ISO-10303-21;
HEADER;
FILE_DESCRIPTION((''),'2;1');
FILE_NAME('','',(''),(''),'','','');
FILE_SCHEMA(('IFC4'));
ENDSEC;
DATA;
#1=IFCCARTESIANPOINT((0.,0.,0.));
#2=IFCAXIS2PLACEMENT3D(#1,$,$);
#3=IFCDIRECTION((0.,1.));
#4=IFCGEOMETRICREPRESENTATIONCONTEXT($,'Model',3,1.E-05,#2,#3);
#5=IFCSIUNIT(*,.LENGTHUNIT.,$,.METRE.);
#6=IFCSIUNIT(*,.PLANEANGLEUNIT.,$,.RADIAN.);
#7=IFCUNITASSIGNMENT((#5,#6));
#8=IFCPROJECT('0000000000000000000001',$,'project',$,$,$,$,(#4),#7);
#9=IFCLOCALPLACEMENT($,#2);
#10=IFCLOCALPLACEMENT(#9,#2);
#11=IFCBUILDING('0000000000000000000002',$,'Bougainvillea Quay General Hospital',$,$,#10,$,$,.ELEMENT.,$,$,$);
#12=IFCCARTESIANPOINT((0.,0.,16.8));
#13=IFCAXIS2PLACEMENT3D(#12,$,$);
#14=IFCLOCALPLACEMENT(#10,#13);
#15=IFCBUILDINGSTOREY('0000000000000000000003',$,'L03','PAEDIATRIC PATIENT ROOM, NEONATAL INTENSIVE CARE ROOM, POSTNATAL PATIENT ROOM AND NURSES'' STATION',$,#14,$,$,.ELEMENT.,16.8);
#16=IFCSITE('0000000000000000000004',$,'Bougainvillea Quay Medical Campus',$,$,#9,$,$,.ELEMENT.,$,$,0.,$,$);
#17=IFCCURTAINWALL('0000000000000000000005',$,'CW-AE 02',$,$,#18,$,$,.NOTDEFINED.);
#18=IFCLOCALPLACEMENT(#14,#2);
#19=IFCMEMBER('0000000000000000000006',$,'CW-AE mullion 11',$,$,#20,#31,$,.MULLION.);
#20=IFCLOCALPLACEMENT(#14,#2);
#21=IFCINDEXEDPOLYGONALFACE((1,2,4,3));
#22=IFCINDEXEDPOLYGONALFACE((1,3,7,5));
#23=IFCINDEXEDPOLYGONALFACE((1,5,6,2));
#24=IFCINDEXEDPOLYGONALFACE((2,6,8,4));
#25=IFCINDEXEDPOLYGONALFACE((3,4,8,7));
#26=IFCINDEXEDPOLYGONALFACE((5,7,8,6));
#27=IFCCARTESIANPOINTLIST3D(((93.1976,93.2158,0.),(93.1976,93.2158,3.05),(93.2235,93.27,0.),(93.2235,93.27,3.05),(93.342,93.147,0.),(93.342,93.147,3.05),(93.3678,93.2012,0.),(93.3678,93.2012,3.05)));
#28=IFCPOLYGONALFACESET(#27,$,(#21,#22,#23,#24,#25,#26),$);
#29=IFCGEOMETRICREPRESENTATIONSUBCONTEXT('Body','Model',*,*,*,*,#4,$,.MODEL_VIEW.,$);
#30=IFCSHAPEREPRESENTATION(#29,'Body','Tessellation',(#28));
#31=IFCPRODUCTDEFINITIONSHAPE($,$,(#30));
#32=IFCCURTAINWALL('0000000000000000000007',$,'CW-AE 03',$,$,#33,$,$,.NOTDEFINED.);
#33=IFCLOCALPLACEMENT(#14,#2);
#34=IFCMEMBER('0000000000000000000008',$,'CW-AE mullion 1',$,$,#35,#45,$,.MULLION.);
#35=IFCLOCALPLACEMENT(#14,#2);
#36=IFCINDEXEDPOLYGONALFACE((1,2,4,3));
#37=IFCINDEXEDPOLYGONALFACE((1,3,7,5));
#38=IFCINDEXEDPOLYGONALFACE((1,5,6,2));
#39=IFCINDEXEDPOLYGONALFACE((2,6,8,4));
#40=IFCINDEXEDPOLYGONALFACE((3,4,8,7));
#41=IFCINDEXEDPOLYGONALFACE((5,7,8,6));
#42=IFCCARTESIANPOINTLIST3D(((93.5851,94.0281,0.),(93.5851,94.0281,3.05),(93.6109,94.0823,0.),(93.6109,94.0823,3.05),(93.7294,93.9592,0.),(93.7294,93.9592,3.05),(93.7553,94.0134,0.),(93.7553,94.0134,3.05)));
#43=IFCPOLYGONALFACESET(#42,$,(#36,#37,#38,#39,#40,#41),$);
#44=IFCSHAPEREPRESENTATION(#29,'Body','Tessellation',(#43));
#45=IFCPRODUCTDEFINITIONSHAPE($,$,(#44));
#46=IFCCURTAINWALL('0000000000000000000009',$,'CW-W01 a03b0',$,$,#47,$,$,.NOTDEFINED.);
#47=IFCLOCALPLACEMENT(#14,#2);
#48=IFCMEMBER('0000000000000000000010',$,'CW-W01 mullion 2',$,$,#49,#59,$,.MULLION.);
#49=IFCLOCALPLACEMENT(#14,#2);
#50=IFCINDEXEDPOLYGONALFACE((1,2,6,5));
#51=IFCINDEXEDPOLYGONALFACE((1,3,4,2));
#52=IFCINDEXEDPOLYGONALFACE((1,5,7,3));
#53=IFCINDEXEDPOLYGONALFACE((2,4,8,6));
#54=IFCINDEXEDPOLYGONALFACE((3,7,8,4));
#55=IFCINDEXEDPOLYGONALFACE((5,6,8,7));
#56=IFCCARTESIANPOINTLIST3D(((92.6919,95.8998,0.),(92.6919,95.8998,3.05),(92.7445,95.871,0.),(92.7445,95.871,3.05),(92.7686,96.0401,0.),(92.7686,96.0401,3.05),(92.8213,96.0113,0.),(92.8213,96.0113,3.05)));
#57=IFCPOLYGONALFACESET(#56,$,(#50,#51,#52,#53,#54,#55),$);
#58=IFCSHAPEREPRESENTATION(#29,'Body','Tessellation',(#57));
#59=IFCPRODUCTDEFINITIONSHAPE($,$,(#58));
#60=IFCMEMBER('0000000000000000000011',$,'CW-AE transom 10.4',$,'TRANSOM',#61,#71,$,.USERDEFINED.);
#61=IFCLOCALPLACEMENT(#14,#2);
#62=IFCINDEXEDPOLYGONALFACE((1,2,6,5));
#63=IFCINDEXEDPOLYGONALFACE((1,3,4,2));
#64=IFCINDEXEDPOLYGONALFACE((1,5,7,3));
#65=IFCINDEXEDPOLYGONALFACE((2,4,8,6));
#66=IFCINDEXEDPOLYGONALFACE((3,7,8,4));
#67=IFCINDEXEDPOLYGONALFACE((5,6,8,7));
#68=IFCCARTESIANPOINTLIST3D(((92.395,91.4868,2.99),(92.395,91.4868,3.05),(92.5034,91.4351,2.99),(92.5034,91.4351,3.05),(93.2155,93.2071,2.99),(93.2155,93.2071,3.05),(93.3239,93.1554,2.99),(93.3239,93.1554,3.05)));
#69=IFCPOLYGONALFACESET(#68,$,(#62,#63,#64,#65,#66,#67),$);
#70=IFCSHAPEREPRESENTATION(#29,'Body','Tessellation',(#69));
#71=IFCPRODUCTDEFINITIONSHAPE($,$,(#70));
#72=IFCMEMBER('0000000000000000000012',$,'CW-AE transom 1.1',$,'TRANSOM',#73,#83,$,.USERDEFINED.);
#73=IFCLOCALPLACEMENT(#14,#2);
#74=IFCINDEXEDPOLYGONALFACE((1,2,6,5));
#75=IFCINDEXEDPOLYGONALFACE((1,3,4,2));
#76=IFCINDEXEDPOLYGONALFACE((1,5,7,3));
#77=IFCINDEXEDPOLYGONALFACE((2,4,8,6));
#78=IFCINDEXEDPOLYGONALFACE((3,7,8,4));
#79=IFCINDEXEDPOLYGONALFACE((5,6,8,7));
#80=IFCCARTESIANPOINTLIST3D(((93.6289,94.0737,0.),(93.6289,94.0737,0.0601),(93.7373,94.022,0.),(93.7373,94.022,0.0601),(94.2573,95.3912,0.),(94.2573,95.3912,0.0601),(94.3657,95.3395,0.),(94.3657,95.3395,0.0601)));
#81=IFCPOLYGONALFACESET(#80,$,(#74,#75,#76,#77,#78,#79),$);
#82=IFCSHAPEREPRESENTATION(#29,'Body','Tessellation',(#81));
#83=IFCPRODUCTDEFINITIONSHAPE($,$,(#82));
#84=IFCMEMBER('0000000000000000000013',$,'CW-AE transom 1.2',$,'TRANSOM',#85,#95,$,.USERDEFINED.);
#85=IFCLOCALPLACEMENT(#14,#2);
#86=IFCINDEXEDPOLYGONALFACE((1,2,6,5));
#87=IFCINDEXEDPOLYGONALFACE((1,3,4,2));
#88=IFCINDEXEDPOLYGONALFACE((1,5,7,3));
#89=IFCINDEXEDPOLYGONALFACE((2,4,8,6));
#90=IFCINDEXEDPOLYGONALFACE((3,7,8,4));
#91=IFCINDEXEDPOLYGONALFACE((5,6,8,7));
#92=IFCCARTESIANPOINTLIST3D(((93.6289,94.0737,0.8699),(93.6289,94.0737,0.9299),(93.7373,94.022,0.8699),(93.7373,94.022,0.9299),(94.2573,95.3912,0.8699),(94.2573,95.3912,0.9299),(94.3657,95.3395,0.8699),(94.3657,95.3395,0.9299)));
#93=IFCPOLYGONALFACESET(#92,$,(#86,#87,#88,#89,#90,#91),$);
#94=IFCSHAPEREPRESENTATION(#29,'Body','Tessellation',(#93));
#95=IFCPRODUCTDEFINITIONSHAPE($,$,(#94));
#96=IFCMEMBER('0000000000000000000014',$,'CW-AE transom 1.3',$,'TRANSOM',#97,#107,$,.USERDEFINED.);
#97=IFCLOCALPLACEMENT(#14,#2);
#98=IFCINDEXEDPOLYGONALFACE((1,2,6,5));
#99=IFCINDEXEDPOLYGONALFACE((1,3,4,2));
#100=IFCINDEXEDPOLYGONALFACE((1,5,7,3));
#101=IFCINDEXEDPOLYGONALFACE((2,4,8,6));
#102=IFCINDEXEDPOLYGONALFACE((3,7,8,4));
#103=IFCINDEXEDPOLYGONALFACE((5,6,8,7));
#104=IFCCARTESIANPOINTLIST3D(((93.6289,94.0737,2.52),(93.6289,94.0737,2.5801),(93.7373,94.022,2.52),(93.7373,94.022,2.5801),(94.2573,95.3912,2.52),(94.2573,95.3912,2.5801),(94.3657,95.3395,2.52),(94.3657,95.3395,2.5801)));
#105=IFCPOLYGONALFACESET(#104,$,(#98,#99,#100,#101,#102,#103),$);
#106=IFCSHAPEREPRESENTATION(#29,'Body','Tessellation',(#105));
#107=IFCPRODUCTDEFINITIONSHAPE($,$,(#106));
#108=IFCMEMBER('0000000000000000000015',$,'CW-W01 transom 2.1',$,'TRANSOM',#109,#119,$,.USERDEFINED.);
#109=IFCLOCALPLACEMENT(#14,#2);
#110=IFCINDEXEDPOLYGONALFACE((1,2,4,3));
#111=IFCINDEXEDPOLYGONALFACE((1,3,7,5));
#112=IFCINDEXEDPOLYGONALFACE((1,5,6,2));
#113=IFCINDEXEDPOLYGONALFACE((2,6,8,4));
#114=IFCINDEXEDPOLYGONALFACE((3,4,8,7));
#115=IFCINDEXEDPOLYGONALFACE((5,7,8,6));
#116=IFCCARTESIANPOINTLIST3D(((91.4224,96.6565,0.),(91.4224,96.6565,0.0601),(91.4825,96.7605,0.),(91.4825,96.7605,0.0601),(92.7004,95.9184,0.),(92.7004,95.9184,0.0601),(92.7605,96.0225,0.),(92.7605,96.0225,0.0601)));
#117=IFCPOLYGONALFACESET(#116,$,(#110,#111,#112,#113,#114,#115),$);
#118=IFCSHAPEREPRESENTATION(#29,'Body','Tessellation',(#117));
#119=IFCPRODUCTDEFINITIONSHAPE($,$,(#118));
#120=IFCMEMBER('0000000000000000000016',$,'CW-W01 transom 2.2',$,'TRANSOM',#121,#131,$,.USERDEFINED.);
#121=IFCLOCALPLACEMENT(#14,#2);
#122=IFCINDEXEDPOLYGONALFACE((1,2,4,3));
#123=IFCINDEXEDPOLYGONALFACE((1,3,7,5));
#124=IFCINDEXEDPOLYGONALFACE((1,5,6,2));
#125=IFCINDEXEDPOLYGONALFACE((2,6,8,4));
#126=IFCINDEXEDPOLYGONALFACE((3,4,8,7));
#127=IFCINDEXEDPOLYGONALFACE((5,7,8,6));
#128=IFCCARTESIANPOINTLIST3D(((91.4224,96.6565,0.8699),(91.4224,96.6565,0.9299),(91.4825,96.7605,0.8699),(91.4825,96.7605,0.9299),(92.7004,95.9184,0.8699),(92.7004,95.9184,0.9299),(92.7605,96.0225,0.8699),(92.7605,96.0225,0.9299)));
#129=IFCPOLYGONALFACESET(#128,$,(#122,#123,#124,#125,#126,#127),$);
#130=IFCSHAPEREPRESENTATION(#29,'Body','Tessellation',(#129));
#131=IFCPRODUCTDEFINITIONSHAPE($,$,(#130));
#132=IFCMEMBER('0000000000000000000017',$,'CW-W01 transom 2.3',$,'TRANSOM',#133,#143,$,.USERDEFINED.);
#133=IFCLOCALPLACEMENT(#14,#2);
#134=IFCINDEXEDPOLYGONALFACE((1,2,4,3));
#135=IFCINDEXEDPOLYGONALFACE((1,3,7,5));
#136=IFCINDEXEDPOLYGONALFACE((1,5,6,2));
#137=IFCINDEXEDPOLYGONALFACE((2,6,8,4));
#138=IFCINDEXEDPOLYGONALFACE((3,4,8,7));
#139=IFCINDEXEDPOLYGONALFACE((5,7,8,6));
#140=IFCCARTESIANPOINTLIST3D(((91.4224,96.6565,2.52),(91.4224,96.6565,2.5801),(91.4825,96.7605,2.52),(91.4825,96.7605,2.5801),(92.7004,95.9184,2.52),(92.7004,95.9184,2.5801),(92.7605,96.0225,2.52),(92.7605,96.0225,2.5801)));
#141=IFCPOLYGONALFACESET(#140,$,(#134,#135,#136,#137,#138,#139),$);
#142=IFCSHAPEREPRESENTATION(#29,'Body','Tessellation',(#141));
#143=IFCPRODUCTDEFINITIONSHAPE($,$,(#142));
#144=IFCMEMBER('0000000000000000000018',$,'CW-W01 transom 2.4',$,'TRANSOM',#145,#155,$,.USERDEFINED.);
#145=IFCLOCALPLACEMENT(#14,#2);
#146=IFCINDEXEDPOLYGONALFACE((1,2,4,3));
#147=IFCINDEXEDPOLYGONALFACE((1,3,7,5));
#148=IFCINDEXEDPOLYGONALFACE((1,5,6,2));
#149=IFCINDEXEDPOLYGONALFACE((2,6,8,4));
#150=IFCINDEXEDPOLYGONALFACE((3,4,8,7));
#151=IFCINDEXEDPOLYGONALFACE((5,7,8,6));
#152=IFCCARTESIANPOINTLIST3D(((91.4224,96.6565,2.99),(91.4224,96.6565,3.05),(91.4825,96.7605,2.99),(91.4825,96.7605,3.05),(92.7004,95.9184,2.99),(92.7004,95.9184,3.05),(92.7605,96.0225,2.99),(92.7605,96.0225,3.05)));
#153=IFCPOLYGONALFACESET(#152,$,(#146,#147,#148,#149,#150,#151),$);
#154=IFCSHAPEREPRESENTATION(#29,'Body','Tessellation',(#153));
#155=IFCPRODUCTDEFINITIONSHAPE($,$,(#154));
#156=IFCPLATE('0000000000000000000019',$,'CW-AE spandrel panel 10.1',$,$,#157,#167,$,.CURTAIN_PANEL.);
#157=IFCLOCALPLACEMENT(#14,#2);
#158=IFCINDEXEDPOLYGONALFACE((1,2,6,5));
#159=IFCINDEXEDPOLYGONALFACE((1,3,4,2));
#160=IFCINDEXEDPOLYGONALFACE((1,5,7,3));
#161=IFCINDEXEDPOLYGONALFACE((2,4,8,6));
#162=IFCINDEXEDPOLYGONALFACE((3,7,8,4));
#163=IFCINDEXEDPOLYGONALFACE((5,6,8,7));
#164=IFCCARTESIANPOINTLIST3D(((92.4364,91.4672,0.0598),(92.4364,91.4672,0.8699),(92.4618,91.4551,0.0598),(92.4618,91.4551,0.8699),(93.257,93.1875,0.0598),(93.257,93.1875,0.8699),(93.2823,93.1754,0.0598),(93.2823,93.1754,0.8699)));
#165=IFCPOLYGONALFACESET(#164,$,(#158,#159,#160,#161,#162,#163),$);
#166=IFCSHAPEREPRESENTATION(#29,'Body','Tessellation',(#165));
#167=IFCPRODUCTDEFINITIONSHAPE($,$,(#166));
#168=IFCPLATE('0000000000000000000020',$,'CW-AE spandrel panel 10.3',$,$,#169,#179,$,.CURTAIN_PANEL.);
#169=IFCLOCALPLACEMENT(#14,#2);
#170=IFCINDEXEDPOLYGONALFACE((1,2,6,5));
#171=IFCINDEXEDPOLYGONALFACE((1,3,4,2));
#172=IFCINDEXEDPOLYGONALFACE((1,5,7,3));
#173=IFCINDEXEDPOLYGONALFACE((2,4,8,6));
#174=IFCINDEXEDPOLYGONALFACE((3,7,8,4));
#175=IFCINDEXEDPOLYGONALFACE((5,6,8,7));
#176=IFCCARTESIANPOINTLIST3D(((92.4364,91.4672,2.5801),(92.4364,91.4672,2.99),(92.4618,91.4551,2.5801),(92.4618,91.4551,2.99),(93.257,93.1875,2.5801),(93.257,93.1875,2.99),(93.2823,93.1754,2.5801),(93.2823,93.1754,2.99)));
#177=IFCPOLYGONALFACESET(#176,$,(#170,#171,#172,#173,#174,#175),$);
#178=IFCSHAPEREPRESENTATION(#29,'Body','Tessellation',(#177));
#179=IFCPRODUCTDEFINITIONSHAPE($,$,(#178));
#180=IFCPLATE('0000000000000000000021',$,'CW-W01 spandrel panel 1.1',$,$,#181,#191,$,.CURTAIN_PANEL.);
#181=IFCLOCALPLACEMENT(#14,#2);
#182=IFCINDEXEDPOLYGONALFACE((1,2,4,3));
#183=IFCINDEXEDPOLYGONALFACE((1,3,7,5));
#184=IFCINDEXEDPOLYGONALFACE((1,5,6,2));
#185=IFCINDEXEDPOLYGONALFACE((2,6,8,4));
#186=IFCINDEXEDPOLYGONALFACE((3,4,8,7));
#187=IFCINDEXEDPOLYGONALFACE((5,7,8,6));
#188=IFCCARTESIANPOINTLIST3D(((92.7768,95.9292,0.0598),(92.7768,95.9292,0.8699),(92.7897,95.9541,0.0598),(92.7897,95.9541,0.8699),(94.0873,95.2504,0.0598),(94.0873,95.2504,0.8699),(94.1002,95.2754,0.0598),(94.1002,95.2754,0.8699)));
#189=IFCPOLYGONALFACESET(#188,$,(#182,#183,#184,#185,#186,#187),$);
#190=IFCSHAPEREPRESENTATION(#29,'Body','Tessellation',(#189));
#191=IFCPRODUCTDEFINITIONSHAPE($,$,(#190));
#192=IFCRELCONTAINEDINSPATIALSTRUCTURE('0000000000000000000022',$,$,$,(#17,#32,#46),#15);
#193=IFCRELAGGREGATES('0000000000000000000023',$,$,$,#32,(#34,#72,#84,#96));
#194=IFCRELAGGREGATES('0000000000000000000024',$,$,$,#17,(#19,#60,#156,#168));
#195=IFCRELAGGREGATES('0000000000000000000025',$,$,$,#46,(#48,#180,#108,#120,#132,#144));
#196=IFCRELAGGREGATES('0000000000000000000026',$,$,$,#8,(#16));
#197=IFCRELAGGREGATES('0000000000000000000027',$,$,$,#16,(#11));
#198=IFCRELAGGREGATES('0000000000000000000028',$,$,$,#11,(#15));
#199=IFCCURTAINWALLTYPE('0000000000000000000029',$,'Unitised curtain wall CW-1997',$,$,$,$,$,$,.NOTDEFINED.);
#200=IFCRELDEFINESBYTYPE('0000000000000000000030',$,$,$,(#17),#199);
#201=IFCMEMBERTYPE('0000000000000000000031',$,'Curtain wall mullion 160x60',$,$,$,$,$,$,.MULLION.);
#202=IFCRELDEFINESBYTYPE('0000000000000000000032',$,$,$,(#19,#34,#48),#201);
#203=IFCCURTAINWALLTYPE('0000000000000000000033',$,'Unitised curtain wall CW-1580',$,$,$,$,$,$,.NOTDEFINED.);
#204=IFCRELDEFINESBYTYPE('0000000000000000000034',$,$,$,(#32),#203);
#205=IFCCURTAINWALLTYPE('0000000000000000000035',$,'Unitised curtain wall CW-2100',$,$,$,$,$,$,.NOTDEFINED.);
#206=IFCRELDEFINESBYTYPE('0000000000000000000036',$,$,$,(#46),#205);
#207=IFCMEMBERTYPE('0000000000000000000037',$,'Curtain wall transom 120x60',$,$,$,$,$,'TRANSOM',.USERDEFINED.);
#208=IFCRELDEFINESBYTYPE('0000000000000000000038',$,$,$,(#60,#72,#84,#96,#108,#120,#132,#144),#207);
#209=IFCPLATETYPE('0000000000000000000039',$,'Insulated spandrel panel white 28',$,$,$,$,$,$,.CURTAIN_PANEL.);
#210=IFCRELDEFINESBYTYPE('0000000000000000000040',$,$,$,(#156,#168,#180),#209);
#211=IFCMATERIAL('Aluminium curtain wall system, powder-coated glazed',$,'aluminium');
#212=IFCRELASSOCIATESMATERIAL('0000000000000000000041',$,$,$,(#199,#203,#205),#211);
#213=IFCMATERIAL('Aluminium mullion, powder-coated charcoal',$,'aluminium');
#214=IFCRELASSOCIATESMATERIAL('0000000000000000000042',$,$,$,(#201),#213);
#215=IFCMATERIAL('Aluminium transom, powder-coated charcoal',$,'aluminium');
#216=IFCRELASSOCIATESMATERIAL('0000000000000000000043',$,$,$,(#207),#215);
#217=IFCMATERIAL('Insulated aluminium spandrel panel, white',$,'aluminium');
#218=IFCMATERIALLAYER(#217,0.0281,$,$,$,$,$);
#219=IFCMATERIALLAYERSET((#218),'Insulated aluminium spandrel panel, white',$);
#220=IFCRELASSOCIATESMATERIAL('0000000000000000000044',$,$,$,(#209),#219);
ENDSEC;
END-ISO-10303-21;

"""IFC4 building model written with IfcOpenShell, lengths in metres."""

from ifc_helpers import new_model, si_unit, direction, frame, origin, origin_2d, place, context, subcontext, project, spatial, rectangle, extrude, material, layer, layer_set, material_profile, profile_set, type_object, element, aggregate, save


model = new_model("IFC4")

# Units and contexts
model_context = context("Model", 3, precision=1e-05, world=origin(), true_north=direction((0.0, 1.0)))
body_context = subcontext(model_context, "Body", "Model", "MODEL_VIEW")
ifc_project = project(units=[si_unit("LENGTHUNIT", "METRE"), si_unit("PLANEANGLEUNIT", "RADIAN")], contexts=[model_context])

# Site, building, storey
site_placement = place(None, origin())
site = spatial("IfcSite", under=ifc_project, at=site_placement, Name="Bougainvillea Quay Medical Campus", CompositionType="ELEMENT", RefElevation=0.0)
building_placement = place(site_placement, origin())
building = spatial("IfcBuilding", under=site, at=building_placement, Name="Bougainvillea Quay General Hospital", CompositionType="ELEMENT")
storey_placement = place(building_placement, frame((0.0, 0.0, 16.8)))
storey = spatial("IfcBuildingStorey", under=building, at=storey_placement, Name="L03", Description="PAEDIATRIC PATIENT ROOM, NEONATAL INTENSIVE CARE ROOM, POSTNATAL PATIENT ROOM AND NURSES' STATION", CompositionType="ELEMENT", Elevation=16.8)

# Curtain walls, members
ifc_material_1 = material(Name="Aluminium curtain wall system, powder-coated glazed", Category="aluminium")
curtain_wall_type_1 = type_object("IfcCurtainWallType", Name="Unitised curtain wall CW-1997", PredefinedType="NOTDEFINED", material=ifc_material_1)
curtain_wall_1_placement = place(storey_placement, origin())
curtain_wall_1 = element("IfcCurtainWall", 1, at=curtain_wall_1_placement, inside=storey, type_object=curtain_wall_type_1, Name="CW-AE 02", PredefinedType="NOTDEFINED")
ifc_material_2 = material(Name="Aluminium mullion, powder-coated charcoal", Category="aluminium")
ifc_material_profile_1 = material_profile(ifc_material_2, rectangle(XDim=0.1599, YDim=0.0601, at=origin_2d()))
ifc_profile_set_1 = profile_set([ifc_material_profile_1], Name="Aluminium mullion, powder-coated charcoal")
member_type_1 = type_object("IfcMemberType", Name="Curtain wall mullion 160x60", PredefinedType="MULLION", material=ifc_profile_set_1)
member_1_placement = place(storey_placement, frame((93.2827, 93.2085, 0.0), z_axis=(0.0, 0.0, 1.0), x_axis=(-0.902578, 0.430525, 0.0)))
member_1 = element("IfcMember", 2, at=member_1_placement, type_object=member_type_1, Name="CW-AE mullion 11", PredefinedType="MULLION", context=body_context, shape_type="SweptSolid", body=[
    extrude(rectangle(XDim=0.1599, YDim=0.0601, at=origin_2d()), origin(), (0.0, 0.0, 1.0), 3.05),
])
curtain_wall_type_2 = type_object("IfcCurtainWallType", Name="Unitised curtain wall CW-1580", PredefinedType="NOTDEFINED", material=ifc_material_1)
curtain_wall_2_placement = place(storey_placement, origin())
curtain_wall_2 = element("IfcCurtainWall", 3, at=curtain_wall_2_placement, inside=storey, type_object=curtain_wall_type_2, Name="CW-AE 03", PredefinedType="NOTDEFINED")
member_2_placement = place(storey_placement, frame((93.6702, 94.0208, 0.0), z_axis=(0.0, 0.0, 1.0), x_axis=(-0.902578, 0.430525, 0.0)))
member_2 = element("IfcMember", 4, at=member_2_placement, type_object=member_type_1, Name="CW-AE mullion 1", PredefinedType="MULLION", context=body_context, shape_type="SweptSolid", body=[
    extrude(rectangle(XDim=0.1599, YDim=0.0601, at=origin_2d()), origin(), (0.0, 0.0, 1.0), 3.05),
])
curtain_wall_type_3 = type_object("IfcCurtainWallType", Name="Unitised curtain wall CW-2100", PredefinedType="NOTDEFINED", material=ifc_material_1)
curtain_wall_3_placement = place(storey_placement, origin())
curtain_wall_3 = element("IfcCurtainWall", 5, at=curtain_wall_3_placement, inside=storey, type_object=curtain_wall_type_3, Name="CW-W01 a03b0", PredefinedType="NOTDEFINED")
member_3_placement = place(storey_placement, frame((92.7566, 95.9556, 0.0), z_axis=(0.0, 0.0, 1.0), x_axis=(-0.480103, -0.877212, 0.0)))
member_3 = element("IfcMember", 6, at=member_3_placement, type_object=member_type_1, Name="CW-W01 mullion 2", PredefinedType="MULLION", context=body_context, shape_type="SweptSolid", body=[
    extrude(rectangle(XDim=0.1599, YDim=0.0601, at=origin_2d()), origin(), (0.0, 0.0, 1.0), 3.05),
])

# Members
ifc_material_3 = material(Name="Aluminium transom, powder-coated charcoal", Category="aluminium")
ifc_material_profile_2 = material_profile(ifc_material_3, rectangle(XDim=0.1201, YDim=0.0601, at=origin_2d()))
ifc_profile_set_2 = profile_set([ifc_material_profile_2], Name="Aluminium transom, powder-coated charcoal")
member_type_2 = type_object("IfcMemberType", Name="Curtain wall transom 120x60", ElementType="TRANSOM", PredefinedType="USERDEFINED", material=ifc_profile_set_2)
member_4_placement = place(storey_placement, frame((92.4492, 91.4609, 3.02), z_axis=(0.430485, 0.902598, 0.0), x_axis=(-0.902598, 0.430485, 0.0)))
member_4 = element("IfcMember", 7, at=member_4_placement, type_object=member_type_2, Name="CW-AE transom 10.4", ObjectType="TRANSOM", PredefinedType="USERDEFINED", context=body_context, shape_type="SweptSolid", body=[
    extrude(rectangle(XDim=0.1201, YDim=0.0601, at=origin_2d()), origin(), (0.0, 0.0, 1.0), 1.906),
])
member_5_placement = place(storey_placement, frame((93.6831, 94.0479, 0.03), z_axis=(0.430479, 0.902601, 0.0), x_axis=(-0.902601, 0.430479, 0.0)))
member_5 = element("IfcMember", 8, at=member_5_placement, type_object=member_type_2, Name="CW-AE transom 1.1", ObjectType="TRANSOM", PredefinedType="USERDEFINED", context=body_context, shape_type="SweptSolid", body=[
    extrude(rectangle(XDim=0.1201, YDim=0.0601, at=origin_2d()), origin(), (0.0, 0.0, 1.0), 1.4597),
])
member_6_placement = place(storey_placement, frame((93.6831, 94.0479, 0.8999), z_axis=(0.430479, 0.902601, 0.0), x_axis=(-0.902601, 0.430479, 0.0)))
member_6 = element("IfcMember", 9, at=member_6_placement, type_object=member_type_2, Name="CW-AE transom 1.2", ObjectType="TRANSOM", PredefinedType="USERDEFINED", context=body_context, shape_type="SweptSolid", body=[
    extrude(rectangle(XDim=0.1201, YDim=0.0601, at=origin_2d()), origin(), (0.0, 0.0, 1.0), 1.4597),
])
member_7_placement = place(storey_placement, frame((93.6831, 94.0479, 2.55), z_axis=(0.430479, 0.902601, 0.0), x_axis=(-0.902601, 0.430479, 0.0)))
member_7 = element("IfcMember", 10, at=member_7_placement, type_object=member_type_2, Name="CW-AE transom 1.3", ObjectType="TRANSOM", PredefinedType="USERDEFINED", context=body_context, shape_type="SweptSolid", body=[
    extrude(rectangle(XDim=0.1201, YDim=0.0601, at=origin_2d()), origin(), (0.0, 0.0, 1.0), 1.4597),
])
aggregate(curtain_wall_2, [member_2, member_5, member_6, member_7])
member_8_placement = place(storey_placement, frame((92.7305, 95.9705, 0.03), z_axis=(-0.865984, 0.500071, 0.0), x_axis=(-0.500071, -0.865984, 0.0)))
member_8 = element("IfcMember", 11, at=member_8_placement, type_object=member_type_2, Name="CW-W01 transom 2.1", ObjectType="TRANSOM", PredefinedType="USERDEFINED", context=body_context, shape_type="SweptSolid", body=[
    extrude(rectangle(XDim=0.1201, YDim=0.0601, at=origin_2d()), origin(), (0.0, 0.0, 1.0), 1.4758),
])
member_9_placement = place(storey_placement, frame((92.7305, 95.9705, 0.8999), z_axis=(-0.865984, 0.500071, 0.0), x_axis=(-0.500071, -0.865984, 0.0)))
member_9 = element("IfcMember", 12, at=member_9_placement, type_object=member_type_2, Name="CW-W01 transom 2.2", ObjectType="TRANSOM", PredefinedType="USERDEFINED", context=body_context, shape_type="SweptSolid", body=[
    extrude(rectangle(XDim=0.1201, YDim=0.0601, at=origin_2d()), origin(), (0.0, 0.0, 1.0), 1.4758),
])
member_10_placement = place(storey_placement, frame((92.7305, 95.9705, 2.55), z_axis=(-0.865984, 0.500071, 0.0), x_axis=(-0.500071, -0.865984, 0.0)))
member_10 = element("IfcMember", 13, at=member_10_placement, type_object=member_type_2, Name="CW-W01 transom 2.3", ObjectType="TRANSOM", PredefinedType="USERDEFINED", context=body_context, shape_type="SweptSolid", body=[
    extrude(rectangle(XDim=0.1201, YDim=0.0601, at=origin_2d()), origin(), (0.0, 0.0, 1.0), 1.4758),
])
member_11_placement = place(storey_placement, frame((92.7305, 95.9705, 3.02), z_axis=(-0.865984, 0.500071, 0.0), x_axis=(-0.500071, -0.865984, 0.0)))
member_11 = element("IfcMember", 14, at=member_11_placement, type_object=member_type_2, Name="CW-W01 transom 2.4", ObjectType="TRANSOM", PredefinedType="USERDEFINED", context=body_context, shape_type="SweptSolid", body=[
    extrude(rectangle(XDim=0.1201, YDim=0.0601, at=origin_2d()), origin(), (0.0, 0.0, 1.0), 1.4758),
])

# Plates
ifc_material_4 = material(Name="Insulated aluminium spandrel panel, white", Category="aluminium")
ifc_layer_1 = layer(ifc_material_4, 0.0281)
ifc_layer_set_1 = layer_set([ifc_layer_1], Name="Insulated aluminium spandrel panel, white")
plate_type_1 = type_object("IfcPlateType", Name="Insulated spandrel panel white 28", PredefinedType="CURTAIN_PANEL", material=ifc_layer_set_1)
plate_1_placement = place(storey_placement, frame((92.8594, 92.3213, 0.0598), z_axis=(0.0, 0.0, 1.0), x_axis=(0.430525, 0.902578, 0.0)))
plate_1 = element("IfcPlate", 15, at=plate_1_placement, type_object=plate_type_1, Name="CW-AE spandrel panel 10.1", PredefinedType="CURTAIN_PANEL", context=body_context, shape_type="SweptSolid", body=[
    extrude(rectangle(XDim=1.906, YDim=0.0281, at=origin_2d()), origin(), (0.0, 0.0, 1.0), 0.8101),
])
plate_2_placement = place(storey_placement, frame((92.8594, 92.3213, 2.5801), z_axis=(0.0, 0.0, 1.0), x_axis=(0.430525, 0.902578, 0.0)))
plate_2 = element("IfcPlate", 16, at=plate_2_placement, type_object=plate_type_1, Name="CW-AE spandrel panel 10.3", PredefinedType="CURTAIN_PANEL", context=body_context, shape_type="SweptSolid", body=[
    extrude(rectangle(XDim=1.906, YDim=0.0281, at=origin_2d()), origin(), (0.0, 0.0, 1.0), 0.4099),
])
plate_3_placement = place(storey_placement, frame((93.4385, 95.6023, 0.0598), z_axis=(0.0, 0.0, 1.0), x_axis=(-0.887958, 0.459924, 0.0)))
plate_3 = element("IfcPlate", 17, at=plate_3_placement, type_object=plate_type_1, Name="CW-W01 spandrel panel 1.1", PredefinedType="CURTAIN_PANEL", context=body_context, shape_type="SweptSolid", body=[
    extrude(rectangle(XDim=1.4758, YDim=0.0281, at=origin_2d()), origin(), (0.0, 0.0, 1.0), 0.8101),
])
aggregate(curtain_wall_1, [member_1, member_4, plate_1, plate_2])
aggregate(curtain_wall_3, [member_3, plate_3, member_8, member_9, member_10, member_11])

save(model, "model.ifc")
